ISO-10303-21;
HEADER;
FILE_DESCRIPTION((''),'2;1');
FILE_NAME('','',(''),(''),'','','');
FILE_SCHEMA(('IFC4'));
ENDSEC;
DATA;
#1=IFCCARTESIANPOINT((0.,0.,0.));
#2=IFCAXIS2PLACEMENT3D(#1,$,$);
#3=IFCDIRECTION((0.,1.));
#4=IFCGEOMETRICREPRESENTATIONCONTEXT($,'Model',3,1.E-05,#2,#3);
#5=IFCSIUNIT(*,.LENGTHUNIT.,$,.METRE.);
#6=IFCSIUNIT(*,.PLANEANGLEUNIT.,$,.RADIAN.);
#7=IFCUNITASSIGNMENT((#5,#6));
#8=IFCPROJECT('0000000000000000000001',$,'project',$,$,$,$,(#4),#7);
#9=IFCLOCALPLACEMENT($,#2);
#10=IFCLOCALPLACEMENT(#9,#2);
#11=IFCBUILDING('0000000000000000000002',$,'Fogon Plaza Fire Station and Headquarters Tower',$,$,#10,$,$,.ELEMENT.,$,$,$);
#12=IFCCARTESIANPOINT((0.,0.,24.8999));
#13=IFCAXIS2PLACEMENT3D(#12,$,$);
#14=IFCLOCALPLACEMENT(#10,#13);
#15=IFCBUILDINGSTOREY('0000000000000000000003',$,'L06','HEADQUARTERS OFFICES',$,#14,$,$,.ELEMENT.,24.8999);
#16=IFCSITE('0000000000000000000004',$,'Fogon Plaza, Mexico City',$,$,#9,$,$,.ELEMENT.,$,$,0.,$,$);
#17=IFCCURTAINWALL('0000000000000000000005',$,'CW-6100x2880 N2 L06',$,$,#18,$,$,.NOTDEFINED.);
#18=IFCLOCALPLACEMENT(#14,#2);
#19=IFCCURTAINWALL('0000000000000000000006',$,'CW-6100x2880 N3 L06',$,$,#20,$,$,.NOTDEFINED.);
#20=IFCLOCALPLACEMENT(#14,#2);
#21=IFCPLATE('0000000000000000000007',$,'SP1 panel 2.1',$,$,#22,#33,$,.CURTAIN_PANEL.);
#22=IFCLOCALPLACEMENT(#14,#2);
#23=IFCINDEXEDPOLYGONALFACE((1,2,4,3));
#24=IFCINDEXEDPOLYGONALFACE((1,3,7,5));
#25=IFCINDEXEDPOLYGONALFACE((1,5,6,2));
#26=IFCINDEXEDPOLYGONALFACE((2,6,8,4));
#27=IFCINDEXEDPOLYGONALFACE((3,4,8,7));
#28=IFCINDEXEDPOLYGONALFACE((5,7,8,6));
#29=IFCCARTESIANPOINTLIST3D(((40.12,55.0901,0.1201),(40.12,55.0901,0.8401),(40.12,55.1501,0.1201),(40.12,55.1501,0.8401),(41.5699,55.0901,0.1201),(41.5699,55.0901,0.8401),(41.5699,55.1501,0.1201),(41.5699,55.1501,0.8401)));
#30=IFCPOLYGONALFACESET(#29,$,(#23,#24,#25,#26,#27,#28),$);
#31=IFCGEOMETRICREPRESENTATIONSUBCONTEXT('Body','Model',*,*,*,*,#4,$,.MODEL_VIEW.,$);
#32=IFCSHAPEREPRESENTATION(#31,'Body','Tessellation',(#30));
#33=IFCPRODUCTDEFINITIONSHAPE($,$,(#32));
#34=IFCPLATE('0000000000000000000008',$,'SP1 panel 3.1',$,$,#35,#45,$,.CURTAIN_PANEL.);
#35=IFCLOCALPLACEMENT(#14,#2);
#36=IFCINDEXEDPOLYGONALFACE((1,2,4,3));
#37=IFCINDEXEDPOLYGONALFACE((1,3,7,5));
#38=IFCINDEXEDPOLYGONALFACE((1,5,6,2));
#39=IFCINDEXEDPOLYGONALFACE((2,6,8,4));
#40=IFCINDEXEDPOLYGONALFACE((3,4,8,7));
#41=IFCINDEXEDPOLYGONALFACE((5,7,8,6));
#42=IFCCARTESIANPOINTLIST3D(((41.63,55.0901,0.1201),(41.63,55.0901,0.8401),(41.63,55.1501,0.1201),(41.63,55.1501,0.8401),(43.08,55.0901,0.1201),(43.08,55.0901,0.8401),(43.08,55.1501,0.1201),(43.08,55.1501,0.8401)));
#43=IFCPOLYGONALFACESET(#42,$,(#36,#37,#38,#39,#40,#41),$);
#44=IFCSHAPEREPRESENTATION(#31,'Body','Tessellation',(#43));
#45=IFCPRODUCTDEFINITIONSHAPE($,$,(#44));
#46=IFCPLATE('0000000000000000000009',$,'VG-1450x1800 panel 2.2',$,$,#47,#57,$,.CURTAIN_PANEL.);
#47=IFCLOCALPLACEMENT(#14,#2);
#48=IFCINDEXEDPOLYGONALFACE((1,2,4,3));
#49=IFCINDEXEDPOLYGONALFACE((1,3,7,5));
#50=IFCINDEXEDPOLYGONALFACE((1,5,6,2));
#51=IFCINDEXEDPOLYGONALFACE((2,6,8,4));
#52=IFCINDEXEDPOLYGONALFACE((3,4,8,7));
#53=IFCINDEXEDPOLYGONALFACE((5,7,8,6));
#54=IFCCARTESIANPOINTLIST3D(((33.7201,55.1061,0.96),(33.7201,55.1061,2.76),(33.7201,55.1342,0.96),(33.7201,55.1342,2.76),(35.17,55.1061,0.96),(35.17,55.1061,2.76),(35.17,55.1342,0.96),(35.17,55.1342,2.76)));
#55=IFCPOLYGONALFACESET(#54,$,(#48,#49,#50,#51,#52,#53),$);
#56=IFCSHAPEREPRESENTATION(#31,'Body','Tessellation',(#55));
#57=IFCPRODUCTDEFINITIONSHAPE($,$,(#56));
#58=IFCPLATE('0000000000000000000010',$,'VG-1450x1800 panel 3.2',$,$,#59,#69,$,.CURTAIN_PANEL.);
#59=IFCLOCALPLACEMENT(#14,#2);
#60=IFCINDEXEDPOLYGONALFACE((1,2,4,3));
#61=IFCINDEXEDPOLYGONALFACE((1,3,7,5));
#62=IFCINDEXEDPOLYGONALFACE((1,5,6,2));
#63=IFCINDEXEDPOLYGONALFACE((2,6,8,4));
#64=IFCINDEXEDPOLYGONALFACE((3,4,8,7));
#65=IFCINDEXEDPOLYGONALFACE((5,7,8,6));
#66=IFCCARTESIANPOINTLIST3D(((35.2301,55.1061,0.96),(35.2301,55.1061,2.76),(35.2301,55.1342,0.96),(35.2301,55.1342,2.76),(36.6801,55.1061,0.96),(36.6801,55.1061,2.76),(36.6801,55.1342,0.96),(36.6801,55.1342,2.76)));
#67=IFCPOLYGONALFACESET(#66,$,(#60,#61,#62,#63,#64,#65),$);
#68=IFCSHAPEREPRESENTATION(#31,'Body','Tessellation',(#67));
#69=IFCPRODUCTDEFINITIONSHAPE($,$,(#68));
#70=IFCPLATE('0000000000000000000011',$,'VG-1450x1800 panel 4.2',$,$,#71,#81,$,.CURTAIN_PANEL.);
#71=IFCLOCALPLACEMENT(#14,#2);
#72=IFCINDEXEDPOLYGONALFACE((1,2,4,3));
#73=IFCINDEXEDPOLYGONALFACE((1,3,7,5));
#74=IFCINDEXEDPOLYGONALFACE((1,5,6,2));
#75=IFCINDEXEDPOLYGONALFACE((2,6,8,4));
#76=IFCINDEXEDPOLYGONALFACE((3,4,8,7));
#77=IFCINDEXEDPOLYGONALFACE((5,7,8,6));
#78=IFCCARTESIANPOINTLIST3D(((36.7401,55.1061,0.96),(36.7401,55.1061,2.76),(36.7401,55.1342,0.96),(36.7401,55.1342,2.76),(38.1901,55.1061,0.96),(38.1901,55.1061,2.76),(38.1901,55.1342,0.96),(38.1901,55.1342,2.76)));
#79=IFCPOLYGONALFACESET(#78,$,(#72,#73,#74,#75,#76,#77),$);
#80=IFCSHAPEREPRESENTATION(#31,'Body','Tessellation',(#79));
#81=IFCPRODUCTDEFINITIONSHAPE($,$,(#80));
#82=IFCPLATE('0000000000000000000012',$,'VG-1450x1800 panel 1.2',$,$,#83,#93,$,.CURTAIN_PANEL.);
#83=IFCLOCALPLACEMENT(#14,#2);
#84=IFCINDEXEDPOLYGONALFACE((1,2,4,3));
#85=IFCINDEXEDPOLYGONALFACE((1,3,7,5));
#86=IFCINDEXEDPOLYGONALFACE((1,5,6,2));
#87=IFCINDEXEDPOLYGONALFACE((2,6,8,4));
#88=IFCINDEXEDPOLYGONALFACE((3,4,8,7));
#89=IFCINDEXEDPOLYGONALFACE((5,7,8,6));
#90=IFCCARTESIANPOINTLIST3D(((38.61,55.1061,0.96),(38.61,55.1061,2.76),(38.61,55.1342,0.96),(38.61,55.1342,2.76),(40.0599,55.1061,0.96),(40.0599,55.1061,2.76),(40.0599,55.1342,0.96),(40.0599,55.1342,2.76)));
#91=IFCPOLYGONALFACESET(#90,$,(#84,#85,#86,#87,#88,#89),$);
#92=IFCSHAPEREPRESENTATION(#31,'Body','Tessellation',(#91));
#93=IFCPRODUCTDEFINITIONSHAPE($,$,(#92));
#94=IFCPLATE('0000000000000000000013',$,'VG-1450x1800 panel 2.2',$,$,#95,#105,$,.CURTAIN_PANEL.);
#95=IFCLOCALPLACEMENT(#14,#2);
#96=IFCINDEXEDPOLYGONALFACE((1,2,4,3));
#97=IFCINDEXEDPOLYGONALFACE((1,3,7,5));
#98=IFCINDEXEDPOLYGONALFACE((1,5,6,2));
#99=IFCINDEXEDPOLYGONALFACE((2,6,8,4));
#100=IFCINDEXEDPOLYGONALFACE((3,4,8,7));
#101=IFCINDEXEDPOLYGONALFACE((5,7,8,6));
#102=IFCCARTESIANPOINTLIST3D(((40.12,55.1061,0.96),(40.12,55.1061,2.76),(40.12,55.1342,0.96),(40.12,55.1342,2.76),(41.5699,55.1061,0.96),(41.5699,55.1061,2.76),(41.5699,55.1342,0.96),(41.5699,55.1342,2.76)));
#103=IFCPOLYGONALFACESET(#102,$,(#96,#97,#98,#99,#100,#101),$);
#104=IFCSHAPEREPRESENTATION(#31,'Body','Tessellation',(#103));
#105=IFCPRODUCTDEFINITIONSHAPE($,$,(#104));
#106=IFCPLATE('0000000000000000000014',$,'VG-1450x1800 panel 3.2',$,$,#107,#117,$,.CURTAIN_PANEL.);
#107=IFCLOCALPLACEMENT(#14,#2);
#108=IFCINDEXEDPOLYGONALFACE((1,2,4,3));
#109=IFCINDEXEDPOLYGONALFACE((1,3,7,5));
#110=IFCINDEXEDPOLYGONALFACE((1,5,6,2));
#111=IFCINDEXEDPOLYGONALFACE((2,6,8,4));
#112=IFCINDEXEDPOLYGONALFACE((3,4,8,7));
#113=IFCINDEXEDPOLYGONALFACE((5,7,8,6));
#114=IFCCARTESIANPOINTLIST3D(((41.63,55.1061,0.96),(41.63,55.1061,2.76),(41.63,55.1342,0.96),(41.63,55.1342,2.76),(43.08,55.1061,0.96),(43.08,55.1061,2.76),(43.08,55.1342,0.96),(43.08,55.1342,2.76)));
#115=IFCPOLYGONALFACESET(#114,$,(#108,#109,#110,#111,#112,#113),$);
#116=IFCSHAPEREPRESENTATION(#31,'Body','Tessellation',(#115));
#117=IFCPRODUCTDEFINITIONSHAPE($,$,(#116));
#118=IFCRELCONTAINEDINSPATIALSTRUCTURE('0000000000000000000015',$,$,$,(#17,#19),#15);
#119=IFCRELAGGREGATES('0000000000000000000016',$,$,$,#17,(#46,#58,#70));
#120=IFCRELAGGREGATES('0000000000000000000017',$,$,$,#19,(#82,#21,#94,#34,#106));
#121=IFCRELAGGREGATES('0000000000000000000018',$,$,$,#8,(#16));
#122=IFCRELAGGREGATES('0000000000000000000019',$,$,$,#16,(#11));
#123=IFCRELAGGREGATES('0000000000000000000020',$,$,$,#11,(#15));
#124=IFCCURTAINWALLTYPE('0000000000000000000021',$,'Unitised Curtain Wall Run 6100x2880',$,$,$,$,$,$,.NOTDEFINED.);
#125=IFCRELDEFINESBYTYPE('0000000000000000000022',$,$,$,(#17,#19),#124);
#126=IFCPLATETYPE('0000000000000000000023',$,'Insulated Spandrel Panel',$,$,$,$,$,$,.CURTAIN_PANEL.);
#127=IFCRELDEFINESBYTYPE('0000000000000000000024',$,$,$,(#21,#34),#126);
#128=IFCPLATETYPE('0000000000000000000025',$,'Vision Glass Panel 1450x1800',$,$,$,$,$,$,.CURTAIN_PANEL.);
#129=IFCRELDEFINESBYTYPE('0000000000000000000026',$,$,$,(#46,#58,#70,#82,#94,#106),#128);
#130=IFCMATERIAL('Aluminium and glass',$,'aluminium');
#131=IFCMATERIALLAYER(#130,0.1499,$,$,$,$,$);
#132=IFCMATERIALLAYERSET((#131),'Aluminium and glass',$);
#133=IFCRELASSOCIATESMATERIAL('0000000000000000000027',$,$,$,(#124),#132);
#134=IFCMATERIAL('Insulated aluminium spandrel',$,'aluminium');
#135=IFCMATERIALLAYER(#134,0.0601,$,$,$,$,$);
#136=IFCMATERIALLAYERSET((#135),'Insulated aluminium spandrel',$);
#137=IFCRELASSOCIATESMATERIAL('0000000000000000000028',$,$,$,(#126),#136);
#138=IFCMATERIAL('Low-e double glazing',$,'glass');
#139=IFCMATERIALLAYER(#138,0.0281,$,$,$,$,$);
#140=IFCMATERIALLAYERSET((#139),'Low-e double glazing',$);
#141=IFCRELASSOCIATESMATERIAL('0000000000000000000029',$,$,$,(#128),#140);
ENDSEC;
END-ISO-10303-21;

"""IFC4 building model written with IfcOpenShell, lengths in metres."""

from ifc_helpers import new_model, si_unit, direction, frame, origin, origin_2d, place, context, subcontext, project, spatial, rectangle, extrude, material, layer, layer_set, type_object, element, aggregate, save


model = new_model("IFC4")

# Units and contexts
model_context = context("Model", 3, precision=1e-05, world=origin(), true_north=direction((0.0, 1.0)))
body_context = subcontext(model_context, "Body", "Model", "MODEL_VIEW")
ifc_project = project(units=[si_unit("LENGTHUNIT", "METRE"), si_unit("PLANEANGLEUNIT", "RADIAN")], contexts=[model_context])

# Site, building, storey
site_placement = place(None, origin())
site = spatial("IfcSite", under=ifc_project, at=site_placement, Name="Fogon Plaza, Mexico City", CompositionType="ELEMENT", RefElevation=0.0)
building_placement = place(site_placement, origin())
building = spatial("IfcBuilding", under=site, at=building_placement, Name="Fogon Plaza Fire Station and Headquarters Tower", CompositionType="ELEMENT")
storey_placement = place(building_placement, frame((0.0, 0.0, 24.8999)))
storey = spatial("IfcBuildingStorey", under=building, at=storey_placement, Name="L06", Description="HEADQUARTERS OFFICES", CompositionType="ELEMENT", Elevation=24.8999)

# Curtain walls
ifc_material_1 = material(Name="Aluminium and glass", Category="aluminium")
ifc_layer_1 = layer(ifc_material_1, 0.1499)
ifc_layer_set_1 = layer_set([ifc_layer_1], Name="Aluminium and glass")
curtain_wall_type = type_object("IfcCurtainWallType", Name="Unitised Curtain Wall Run 6100x2880", PredefinedType="NOTDEFINED", material=ifc_layer_set_1)
curtain_wall_1_placement = place(storey_placement, origin())
curtain_wall_1 = element("IfcCurtainWall", 1, at=curtain_wall_1_placement, inside=storey, type_object=curtain_wall_type, Name="CW-6100x2880 N2 L06", PredefinedType="NOTDEFINED")
curtain_wall_2_placement = place(storey_placement, origin())
curtain_wall_2 = element("IfcCurtainWall", 2, at=curtain_wall_2_placement, inside=storey, type_object=curtain_wall_type, Name="CW-6100x2880 N3 L06", PredefinedType="NOTDEFINED")

# Plates
ifc_material_2 = material(Name="Insulated aluminium spandrel", Category="aluminium")
ifc_layer_2 = layer(ifc_material_2, 0.0601)
ifc_layer_set_2 = layer_set([ifc_layer_2], Name="Insulated aluminium spandrel")
plate_type_1 = type_object("IfcPlateType", Name="Insulated Spandrel Panel", PredefinedType="CURTAIN_PANEL", material=ifc_layer_set_2)
plate_1_placement = place(storey_placement, frame((40.845, 55.1201, 0.1201), z_axis=(0.0, 0.0, 1.0), x_axis=(1.0, 0.0, 0.0)))
plate_1 = element("IfcPlate", 3, at=plate_1_placement, type_object=plate_type_1, Name="SP1 panel 2.1", PredefinedType="CURTAIN_PANEL", context=body_context, shape_type="SweptSolid", body=[
    extrude(rectangle(XDim=1.45, YDim=0.0601, at=origin_2d()), origin(), (0.0, 0.0, 1.0), 0.72),
])
plate_2_placement = place(storey_placement, frame((42.355, 55.1201, 0.1201), z_axis=(0.0, 0.0, 1.0), x_axis=(1.0, 0.0, 0.0)))
plate_2 = element("IfcPlate", 4, at=plate_2_placement, type_object=plate_type_1, Name="SP1 panel 3.1", PredefinedType="CURTAIN_PANEL", context=body_context, shape_type="SweptSolid", body=[
    extrude(rectangle(XDim=1.45, YDim=0.0601, at=origin_2d()), origin(), (0.0, 0.0, 1.0), 0.72),
])
ifc_material_3 = material(Name="Low-e double glazing", Category="glass")
ifc_layer_3 = layer(ifc_material_3, 0.0281)
ifc_layer_set_3 = layer_set([ifc_layer_3], Name="Low-e double glazing")
plate_type_2 = type_object("IfcPlateType", Name="Vision Glass Panel 1450x1800", PredefinedType="CURTAIN_PANEL", material=ifc_layer_set_3)
plate_3_placement = place(storey_placement, frame((34.4451, 55.1201, 0.96), z_axis=(0.0, 0.0, 1.0), x_axis=(1.0, 0.0, 0.0)))
plate_3 = element("IfcPlate", 5, at=plate_3_placement, type_object=plate_type_2, Name="VG-1450x1800 panel 2.2", PredefinedType="CURTAIN_PANEL", context=body_context, shape_type="SweptSolid", body=[
    extrude(rectangle(XDim=1.45, YDim=0.0281, at=origin_2d()), origin(), (0.0, 0.0, 1.0), 1.8),
])
plate_4_placement = place(storey_placement, frame((35.9551, 55.1201, 0.96), z_axis=(0.0, 0.0, 1.0), x_axis=(1.0, 0.0, 0.0)))
plate_4 = element("IfcPlate", 6, at=plate_4_placement, type_object=plate_type_2, Name="VG-1450x1800 panel 3.2", PredefinedType="CURTAIN_PANEL", context=body_context, shape_type="SweptSolid", body=[
    extrude(rectangle(XDim=1.45, YDim=0.0281, at=origin_2d()), origin(), (0.0, 0.0, 1.0), 1.8),
])
plate_5_placement = place(storey_placement, frame((37.4651, 55.1201, 0.96), z_axis=(0.0, 0.0, 1.0), x_axis=(1.0, 0.0, 0.0)))
plate_5 = element("IfcPlate", 7, at=plate_5_placement, type_object=plate_type_2, Name="VG-1450x1800 panel 4.2", PredefinedType="CURTAIN_PANEL", context=body_context, shape_type="SweptSolid", body=[
    extrude(rectangle(XDim=1.45, YDim=0.0281, at=origin_2d()), origin(), (0.0, 0.0, 1.0), 1.8),
])
aggregate(curtain_wall_1, [plate_3, plate_4, plate_5])
plate_6_placement = place(storey_placement, frame((39.335, 55.1201, 0.96), z_axis=(0.0, 0.0, 1.0), x_axis=(1.0, 0.0, 0.0)))
plate_6 = element("IfcPlate", 8, at=plate_6_placement, type_object=plate_type_2, Name="VG-1450x1800 panel 1.2", PredefinedType="CURTAIN_PANEL", context=body_context, shape_type="SweptSolid", body=[
    extrude(rectangle(XDim=1.45, YDim=0.0281, at=origin_2d()), origin(), (0.0, 0.0, 1.0), 1.8),
])
plate_7_placement = place(storey_placement, frame((40.845, 55.1201, 0.96), z_axis=(0.0, 0.0, 1.0), x_axis=(1.0, 0.0, 0.0)))
plate_7 = element("IfcPlate", 9, at=plate_7_placement, type_object=plate_type_2, Name="VG-1450x1800 panel 2.2", PredefinedType="CURTAIN_PANEL", context=body_context, shape_type="SweptSolid", body=[
    extrude(rectangle(XDim=1.45, YDim=0.0281, at=origin_2d()), origin(), (0.0, 0.0, 1.0), 1.8),
])
plate_8_placement = place(storey_placement, frame((42.355, 55.1201, 0.96), z_axis=(0.0, 0.0, 1.0), x_axis=(1.0, 0.0, 0.0)))
plate_8 = element("IfcPlate", 10, at=plate_8_placement, type_object=plate_type_2, Name="VG-1450x1800 panel 3.2", PredefinedType="CURTAIN_PANEL", context=body_context, shape_type="SweptSolid", body=[
    extrude(rectangle(XDim=1.45, YDim=0.0281, at=origin_2d()), origin(), (0.0, 0.0, 1.0), 1.8),
])
aggregate(curtain_wall_2, [plate_6, plate_1, plate_7, plate_2, plate_8])

save(model, "model.ifc")
